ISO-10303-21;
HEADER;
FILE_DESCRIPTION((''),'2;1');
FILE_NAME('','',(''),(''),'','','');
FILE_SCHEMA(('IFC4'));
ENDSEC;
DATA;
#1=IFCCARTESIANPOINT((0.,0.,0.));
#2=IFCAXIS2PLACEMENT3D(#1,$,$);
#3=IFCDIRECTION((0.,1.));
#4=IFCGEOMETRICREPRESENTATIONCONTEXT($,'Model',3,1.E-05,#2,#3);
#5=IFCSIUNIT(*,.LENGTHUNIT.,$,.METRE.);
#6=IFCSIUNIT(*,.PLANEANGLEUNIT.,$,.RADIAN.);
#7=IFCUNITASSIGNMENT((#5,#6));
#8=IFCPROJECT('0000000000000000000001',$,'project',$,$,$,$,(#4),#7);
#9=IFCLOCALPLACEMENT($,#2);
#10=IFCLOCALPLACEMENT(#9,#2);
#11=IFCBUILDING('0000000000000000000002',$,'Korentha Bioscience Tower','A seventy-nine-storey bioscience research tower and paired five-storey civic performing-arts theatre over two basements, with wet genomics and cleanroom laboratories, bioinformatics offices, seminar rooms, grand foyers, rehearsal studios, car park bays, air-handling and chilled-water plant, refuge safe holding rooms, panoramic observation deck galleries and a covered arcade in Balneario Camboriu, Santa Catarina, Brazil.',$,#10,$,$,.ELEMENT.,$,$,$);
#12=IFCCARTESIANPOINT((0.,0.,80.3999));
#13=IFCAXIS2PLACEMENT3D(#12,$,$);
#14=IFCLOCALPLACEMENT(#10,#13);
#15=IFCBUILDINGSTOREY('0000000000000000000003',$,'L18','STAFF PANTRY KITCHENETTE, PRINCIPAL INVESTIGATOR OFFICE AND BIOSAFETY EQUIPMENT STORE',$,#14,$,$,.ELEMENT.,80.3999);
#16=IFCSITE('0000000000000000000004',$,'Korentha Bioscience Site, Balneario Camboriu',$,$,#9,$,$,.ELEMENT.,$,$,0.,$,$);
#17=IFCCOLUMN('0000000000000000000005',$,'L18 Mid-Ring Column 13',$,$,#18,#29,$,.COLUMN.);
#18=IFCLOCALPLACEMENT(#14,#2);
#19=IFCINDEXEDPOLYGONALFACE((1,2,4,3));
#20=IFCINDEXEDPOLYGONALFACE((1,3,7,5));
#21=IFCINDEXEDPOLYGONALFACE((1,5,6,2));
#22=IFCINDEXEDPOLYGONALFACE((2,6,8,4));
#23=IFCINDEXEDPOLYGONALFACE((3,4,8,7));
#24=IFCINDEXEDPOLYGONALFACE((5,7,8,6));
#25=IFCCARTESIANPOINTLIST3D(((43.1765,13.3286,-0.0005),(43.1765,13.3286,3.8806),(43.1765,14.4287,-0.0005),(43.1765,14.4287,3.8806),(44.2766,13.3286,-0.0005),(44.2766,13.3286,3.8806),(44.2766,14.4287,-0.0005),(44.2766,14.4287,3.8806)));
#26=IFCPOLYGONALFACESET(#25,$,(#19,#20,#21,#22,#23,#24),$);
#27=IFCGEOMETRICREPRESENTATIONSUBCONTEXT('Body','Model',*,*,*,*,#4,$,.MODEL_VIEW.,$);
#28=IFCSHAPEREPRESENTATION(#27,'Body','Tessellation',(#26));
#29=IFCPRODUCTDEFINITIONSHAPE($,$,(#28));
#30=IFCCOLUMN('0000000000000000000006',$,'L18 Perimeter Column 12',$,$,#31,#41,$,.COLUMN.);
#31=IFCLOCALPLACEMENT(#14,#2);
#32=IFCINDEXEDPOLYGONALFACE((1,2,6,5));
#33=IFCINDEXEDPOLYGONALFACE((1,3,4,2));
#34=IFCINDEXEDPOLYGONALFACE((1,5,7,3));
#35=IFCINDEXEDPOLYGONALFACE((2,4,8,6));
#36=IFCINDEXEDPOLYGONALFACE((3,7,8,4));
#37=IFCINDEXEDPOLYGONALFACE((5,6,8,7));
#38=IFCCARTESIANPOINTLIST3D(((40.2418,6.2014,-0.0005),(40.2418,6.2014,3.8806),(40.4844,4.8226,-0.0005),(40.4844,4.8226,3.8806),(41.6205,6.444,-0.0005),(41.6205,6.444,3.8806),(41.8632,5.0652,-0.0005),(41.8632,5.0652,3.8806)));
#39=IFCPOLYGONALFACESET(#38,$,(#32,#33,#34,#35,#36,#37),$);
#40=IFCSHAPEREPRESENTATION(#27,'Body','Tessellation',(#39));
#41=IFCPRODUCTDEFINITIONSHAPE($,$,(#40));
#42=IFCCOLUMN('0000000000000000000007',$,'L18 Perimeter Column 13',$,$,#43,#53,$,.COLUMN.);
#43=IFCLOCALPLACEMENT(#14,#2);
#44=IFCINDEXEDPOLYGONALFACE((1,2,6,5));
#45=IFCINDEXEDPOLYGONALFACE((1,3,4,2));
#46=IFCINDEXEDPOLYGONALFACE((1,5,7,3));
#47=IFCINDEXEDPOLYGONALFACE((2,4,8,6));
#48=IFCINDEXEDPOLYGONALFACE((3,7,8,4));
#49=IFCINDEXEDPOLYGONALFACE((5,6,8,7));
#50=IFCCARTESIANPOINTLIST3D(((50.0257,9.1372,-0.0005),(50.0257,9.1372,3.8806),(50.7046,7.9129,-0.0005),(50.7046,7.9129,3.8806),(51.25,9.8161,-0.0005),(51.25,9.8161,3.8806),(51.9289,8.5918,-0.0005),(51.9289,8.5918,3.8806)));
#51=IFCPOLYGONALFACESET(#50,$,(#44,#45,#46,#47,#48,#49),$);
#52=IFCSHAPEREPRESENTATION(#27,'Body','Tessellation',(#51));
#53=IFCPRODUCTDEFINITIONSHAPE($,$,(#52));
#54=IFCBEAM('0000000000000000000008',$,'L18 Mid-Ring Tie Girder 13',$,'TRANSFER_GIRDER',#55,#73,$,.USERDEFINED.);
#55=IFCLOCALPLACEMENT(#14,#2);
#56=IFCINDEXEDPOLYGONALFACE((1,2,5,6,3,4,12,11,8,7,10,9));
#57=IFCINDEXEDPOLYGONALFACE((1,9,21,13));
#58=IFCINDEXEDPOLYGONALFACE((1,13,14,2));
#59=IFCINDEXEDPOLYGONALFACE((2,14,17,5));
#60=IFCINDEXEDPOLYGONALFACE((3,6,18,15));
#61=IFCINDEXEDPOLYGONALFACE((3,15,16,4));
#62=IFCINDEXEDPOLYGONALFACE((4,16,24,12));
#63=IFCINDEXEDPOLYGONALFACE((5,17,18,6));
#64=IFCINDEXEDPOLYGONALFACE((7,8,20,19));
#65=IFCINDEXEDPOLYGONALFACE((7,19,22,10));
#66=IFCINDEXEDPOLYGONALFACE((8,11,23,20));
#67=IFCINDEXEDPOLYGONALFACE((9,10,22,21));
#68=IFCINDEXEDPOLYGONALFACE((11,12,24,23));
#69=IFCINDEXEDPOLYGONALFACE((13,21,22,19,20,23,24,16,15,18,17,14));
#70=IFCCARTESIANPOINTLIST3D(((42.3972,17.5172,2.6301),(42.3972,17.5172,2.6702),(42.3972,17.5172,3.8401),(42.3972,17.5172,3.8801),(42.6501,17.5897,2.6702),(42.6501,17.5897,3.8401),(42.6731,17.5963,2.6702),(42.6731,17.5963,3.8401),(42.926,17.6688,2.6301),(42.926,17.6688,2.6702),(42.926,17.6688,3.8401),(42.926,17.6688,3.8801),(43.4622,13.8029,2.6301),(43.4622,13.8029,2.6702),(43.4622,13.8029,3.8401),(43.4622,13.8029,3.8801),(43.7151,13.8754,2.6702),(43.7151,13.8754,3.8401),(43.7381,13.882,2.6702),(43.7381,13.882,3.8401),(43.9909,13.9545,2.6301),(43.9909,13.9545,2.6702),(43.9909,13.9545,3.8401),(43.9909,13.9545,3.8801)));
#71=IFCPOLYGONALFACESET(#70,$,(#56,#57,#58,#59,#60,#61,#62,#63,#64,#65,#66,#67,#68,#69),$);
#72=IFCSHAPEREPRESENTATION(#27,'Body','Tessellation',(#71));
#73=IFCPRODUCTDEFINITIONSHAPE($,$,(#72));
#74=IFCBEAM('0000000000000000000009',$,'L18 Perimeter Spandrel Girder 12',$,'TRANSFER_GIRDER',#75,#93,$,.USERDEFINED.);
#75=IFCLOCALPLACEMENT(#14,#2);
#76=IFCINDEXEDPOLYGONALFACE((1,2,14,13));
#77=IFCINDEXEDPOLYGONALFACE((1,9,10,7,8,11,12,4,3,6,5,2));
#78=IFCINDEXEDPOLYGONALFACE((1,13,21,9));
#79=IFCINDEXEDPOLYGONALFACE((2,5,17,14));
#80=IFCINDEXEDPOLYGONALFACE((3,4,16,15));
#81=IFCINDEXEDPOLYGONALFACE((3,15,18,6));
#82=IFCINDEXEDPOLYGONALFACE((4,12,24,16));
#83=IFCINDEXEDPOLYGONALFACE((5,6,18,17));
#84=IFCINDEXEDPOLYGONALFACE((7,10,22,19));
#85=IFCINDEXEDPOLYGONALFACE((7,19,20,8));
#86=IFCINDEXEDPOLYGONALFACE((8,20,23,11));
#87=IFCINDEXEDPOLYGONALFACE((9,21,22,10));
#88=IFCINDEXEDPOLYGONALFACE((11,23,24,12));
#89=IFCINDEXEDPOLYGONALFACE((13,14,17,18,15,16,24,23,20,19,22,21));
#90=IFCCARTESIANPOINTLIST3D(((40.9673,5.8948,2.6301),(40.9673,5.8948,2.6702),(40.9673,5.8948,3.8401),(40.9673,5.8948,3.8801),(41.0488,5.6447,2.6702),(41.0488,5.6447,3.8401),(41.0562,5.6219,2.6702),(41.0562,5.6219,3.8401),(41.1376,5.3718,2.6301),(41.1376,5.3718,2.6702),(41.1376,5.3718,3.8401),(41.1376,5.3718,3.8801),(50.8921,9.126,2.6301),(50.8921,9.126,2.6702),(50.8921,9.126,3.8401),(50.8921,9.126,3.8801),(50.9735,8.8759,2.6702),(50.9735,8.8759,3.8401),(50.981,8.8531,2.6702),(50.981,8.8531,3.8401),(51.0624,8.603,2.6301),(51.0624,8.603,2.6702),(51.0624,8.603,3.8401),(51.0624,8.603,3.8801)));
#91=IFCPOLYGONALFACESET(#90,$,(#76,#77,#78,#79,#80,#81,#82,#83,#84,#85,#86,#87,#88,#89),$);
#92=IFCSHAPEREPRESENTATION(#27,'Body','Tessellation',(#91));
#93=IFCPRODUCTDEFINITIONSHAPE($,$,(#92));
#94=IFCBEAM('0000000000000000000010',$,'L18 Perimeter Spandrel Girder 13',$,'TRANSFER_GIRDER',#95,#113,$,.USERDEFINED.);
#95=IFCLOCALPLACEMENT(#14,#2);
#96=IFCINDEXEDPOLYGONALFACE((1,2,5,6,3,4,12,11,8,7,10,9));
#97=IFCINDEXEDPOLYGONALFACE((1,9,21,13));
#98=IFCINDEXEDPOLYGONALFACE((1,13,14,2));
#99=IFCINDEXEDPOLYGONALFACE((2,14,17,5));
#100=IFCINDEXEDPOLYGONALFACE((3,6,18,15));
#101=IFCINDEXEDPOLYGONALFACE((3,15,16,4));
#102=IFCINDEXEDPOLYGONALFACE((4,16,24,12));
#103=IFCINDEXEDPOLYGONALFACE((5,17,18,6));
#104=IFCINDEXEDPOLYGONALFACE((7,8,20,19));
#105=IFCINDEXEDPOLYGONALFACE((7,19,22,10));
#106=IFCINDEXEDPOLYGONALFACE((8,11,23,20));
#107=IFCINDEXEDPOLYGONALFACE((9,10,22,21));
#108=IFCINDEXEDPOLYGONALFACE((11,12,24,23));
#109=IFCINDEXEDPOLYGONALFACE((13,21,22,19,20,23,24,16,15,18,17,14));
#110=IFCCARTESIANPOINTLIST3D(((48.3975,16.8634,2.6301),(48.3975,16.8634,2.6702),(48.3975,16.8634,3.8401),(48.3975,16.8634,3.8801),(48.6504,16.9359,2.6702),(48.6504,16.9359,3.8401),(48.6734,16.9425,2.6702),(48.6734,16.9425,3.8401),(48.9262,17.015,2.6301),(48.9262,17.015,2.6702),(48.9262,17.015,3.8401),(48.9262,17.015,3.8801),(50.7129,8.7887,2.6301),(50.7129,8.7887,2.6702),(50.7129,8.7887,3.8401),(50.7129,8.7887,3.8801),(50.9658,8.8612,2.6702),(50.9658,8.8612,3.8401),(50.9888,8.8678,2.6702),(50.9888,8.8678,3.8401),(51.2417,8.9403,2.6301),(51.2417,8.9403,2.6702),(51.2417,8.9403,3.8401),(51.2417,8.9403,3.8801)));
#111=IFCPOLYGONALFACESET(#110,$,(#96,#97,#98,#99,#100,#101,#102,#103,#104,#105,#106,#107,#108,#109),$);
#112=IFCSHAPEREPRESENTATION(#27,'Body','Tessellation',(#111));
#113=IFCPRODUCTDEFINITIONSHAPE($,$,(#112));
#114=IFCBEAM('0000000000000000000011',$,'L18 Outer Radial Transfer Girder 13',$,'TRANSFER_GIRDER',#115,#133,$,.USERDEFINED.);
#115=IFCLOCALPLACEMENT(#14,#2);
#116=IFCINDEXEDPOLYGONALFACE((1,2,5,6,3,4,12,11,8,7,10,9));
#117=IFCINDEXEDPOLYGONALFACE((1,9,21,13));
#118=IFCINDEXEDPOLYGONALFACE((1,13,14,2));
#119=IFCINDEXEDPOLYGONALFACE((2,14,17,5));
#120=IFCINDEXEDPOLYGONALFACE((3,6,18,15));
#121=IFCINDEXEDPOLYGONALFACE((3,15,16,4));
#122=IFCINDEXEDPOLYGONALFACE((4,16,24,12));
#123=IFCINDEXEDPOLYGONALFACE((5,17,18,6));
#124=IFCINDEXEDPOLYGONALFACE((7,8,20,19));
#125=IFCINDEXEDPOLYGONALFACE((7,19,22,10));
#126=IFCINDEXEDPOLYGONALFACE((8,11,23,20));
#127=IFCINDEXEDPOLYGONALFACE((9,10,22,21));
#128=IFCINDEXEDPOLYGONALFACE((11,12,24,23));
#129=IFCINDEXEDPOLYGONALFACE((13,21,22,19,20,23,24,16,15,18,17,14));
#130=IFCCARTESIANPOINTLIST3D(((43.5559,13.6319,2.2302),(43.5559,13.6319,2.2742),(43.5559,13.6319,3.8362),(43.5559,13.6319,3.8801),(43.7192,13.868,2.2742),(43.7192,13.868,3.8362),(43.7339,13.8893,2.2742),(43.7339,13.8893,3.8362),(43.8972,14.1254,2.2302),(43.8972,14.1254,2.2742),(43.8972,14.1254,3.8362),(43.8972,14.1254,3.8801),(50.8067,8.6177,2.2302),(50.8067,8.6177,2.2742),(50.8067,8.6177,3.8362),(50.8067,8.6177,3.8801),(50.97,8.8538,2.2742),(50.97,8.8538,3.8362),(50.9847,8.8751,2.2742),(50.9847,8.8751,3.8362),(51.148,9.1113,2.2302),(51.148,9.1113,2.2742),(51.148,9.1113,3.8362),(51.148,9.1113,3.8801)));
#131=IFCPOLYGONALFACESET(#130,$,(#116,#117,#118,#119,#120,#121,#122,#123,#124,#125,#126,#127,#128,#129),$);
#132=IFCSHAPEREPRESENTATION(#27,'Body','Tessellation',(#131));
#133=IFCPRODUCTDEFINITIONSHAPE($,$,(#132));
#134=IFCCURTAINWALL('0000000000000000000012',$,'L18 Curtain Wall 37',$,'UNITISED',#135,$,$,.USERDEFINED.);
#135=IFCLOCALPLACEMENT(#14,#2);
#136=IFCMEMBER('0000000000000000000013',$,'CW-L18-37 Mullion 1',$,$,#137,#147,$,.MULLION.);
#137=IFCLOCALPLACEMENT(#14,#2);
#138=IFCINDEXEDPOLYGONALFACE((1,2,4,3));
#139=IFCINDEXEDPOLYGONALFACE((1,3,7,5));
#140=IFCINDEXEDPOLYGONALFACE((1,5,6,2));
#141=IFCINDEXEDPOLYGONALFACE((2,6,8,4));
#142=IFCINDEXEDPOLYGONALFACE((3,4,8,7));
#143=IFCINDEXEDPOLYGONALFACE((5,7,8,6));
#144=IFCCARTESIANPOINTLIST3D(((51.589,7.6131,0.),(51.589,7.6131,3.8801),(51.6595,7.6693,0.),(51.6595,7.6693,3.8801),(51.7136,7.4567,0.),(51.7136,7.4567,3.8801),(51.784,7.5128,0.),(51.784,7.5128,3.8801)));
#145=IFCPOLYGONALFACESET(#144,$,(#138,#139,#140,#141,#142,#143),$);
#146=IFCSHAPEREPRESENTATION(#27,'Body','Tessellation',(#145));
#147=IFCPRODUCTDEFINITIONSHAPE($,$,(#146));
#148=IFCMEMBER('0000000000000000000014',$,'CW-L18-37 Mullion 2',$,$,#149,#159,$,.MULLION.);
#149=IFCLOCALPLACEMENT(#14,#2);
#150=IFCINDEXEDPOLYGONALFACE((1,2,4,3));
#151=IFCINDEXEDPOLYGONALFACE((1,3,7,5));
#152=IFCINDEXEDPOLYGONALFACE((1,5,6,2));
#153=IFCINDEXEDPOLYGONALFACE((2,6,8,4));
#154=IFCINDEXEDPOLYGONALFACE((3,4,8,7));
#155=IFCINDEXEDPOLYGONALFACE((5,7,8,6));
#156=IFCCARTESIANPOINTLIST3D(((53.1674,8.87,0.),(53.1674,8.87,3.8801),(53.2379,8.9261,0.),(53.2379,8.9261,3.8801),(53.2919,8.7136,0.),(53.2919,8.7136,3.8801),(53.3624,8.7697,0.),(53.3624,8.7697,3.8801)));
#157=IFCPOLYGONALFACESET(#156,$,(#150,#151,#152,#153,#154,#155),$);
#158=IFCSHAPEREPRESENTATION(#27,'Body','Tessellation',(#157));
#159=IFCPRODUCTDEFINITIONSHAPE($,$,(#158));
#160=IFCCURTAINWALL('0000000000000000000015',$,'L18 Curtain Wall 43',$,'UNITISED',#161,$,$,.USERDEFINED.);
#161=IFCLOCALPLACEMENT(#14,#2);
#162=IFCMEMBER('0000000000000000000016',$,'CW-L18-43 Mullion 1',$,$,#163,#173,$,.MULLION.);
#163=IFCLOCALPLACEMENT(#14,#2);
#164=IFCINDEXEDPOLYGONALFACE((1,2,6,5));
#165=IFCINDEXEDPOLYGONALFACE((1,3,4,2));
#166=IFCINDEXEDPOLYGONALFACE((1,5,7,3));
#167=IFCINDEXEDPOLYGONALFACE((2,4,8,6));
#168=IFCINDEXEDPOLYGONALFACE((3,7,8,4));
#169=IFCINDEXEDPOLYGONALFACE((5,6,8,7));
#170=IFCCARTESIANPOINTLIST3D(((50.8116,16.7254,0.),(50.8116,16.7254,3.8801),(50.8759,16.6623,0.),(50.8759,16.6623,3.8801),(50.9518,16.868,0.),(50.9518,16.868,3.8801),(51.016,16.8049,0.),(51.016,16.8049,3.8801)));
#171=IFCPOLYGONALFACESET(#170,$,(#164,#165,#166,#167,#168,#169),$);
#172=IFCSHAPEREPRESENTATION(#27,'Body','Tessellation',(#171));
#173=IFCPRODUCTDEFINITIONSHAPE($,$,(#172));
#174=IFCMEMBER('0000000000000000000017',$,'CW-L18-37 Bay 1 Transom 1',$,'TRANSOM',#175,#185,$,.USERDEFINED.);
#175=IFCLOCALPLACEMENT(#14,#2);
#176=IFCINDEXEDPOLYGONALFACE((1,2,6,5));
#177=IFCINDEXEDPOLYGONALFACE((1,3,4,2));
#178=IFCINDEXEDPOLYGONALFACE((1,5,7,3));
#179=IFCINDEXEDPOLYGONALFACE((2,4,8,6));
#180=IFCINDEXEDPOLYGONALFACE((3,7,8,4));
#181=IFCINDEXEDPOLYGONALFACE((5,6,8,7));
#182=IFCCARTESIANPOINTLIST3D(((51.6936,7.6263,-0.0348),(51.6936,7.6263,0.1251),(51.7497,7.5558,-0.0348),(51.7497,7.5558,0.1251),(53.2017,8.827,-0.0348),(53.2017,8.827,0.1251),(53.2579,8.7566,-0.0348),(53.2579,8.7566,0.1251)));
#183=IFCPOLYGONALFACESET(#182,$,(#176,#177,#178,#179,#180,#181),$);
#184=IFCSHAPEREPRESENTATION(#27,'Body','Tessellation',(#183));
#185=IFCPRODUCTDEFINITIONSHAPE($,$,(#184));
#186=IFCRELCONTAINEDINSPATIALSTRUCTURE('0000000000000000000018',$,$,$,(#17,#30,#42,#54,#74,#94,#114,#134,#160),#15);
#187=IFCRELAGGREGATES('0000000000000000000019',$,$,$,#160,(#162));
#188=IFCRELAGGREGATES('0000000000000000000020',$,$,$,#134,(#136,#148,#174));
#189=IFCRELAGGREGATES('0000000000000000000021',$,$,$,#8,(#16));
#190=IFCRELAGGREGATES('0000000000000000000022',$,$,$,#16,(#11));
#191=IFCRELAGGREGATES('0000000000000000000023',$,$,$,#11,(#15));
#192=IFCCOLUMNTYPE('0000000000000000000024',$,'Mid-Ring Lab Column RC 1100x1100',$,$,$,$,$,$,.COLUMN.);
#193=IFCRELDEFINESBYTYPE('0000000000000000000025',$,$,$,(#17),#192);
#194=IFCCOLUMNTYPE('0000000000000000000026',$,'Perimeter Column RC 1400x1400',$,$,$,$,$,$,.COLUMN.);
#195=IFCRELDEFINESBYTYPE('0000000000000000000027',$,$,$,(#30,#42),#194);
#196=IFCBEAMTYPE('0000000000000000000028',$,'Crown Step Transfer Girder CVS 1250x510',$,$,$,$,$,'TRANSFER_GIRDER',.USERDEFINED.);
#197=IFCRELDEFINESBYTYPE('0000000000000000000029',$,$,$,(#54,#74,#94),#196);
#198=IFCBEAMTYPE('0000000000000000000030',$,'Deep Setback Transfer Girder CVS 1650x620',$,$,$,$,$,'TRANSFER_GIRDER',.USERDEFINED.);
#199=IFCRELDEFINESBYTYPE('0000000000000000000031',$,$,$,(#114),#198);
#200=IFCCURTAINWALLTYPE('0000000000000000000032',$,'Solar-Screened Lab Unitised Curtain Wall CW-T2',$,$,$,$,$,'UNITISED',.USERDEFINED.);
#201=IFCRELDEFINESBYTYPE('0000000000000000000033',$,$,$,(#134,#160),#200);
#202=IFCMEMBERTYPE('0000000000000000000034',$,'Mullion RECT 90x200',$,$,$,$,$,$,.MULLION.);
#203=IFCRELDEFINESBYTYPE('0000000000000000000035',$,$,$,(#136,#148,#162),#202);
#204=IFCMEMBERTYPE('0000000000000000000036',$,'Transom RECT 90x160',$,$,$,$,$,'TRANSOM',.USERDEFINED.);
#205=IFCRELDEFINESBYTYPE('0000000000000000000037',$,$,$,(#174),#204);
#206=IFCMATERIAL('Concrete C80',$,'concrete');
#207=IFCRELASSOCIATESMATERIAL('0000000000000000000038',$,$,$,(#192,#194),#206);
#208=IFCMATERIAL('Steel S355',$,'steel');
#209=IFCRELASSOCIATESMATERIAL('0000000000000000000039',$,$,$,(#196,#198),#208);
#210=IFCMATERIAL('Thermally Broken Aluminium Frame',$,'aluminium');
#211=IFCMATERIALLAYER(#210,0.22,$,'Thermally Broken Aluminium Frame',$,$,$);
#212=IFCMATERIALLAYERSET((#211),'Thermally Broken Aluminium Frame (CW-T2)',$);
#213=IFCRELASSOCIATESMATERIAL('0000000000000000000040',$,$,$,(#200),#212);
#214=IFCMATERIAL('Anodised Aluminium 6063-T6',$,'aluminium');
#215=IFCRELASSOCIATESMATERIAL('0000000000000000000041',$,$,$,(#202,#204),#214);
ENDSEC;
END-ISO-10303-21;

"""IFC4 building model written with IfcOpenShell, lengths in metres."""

from ifc_helpers import new_model, si_unit, direction, frame, origin, origin_2d, place, context, subcontext, project, spatial, rectangle, i_section, extrude, material, layer, layer_set, material_profile, profile_set, type_object, element, aggregate, save


model = new_model("IFC4")

# Units and contexts
model_context = context("Model", 3, precision=1e-05, world=origin(), true_north=direction((0.0, 1.0)))
body_context = subcontext(model_context, "Body", "Model", "MODEL_VIEW")
ifc_project = project(units=[si_unit("LENGTHUNIT", "METRE"), si_unit("PLANEANGLEUNIT", "RADIAN")], contexts=[model_context])

# Site, building, storey
site_placement = place(None, origin())
site = spatial("IfcSite", under=ifc_project, at=site_placement, Name="Korentha Bioscience Site, Balneario Camboriu", CompositionType="ELEMENT", RefElevation=0.0)
building_placement = place(site_placement, origin())
building = spatial("IfcBuilding", under=site, at=building_placement, Name="Korentha Bioscience Tower", Description="A seventy-nine-storey bioscience research tower and paired five-storey civic performing-arts theatre over two basements, with wet genomics and cleanroom laboratories, bioinformatics offices, seminar rooms, grand foyers, rehearsal studios, car park bays, air-handling and chilled-water plant, refuge safe holding rooms, panoramic observation deck galleries and a covered arcade in Balneario Camboriu, Santa Catarina, Brazil.", CompositionType="ELEMENT")
storey_placement = place(building_placement, frame((0.0, 0.0, 80.3999)))
storey = spatial("IfcBuildingStorey", under=building, at=storey_placement, Name="L18", Description="STAFF PANTRY KITCHENETTE, PRINCIPAL INVESTIGATOR OFFICE AND BIOSAFETY EQUIPMENT STORE", CompositionType="ELEMENT", Elevation=80.3999)

# Columns
ifc_material_1 = material(Name="Concrete C80", Category="concrete")
ifc_material_profile_1 = material_profile(ifc_material_1, rectangle(XDim=1.1001, YDim=1.1001, at=origin_2d()), Name="Concrete C80")
ifc_profile_set_1 = profile_set([ifc_material_profile_1], Name="Concrete C80 (COL-MR11)")
column_type_1 = type_object("IfcColumnType", Name="Mid-Ring Lab Column RC 1100x1100", PredefinedType="COLUMN", material=ifc_profile_set_1)
column_placement = place(storey_placement, frame((43.7266, 13.8787, -0.0005), z_axis=(0.0, 0.0, 1.0), x_axis=(1.0, 0.0, 0.0)))
element("IfcColumn", 1, at=column_placement, inside=storey, type_object=column_type_1, Name="L18 Mid-Ring Column 13", PredefinedType="COLUMN", context=body_context, shape_type="SweptSolid", body=[
    extrude(rectangle(XDim=1.1001, YDim=1.1001, at=origin_2d()), origin(), (0.0, 0.0, 1.0), 3.8811),
])
ifc_material_profile_2 = material_profile(ifc_material_1, rectangle(XDim=1.3999, YDim=1.3999, at=origin_2d()), Name="Concrete C80")
ifc_profile_set_2 = profile_set([ifc_material_profile_2], Name="Concrete C80 (COL-P14)")
column_type_2 = type_object("IfcColumnType", Name="Perimeter Column RC 1400x1400", PredefinedType="COLUMN", material=ifc_profile_set_2)
for number, where, z_axis, x_axis, name in (
    (2, (41.0525, 5.6333, -0.0005), (0.0, 0.0, 1.0), (0.984868, 0.173304, 0.0), "L18 Perimeter Column 12"),
    (3, (50.9773, 8.8645, -0.0005), (0.0, 0.0, 1.0), (0.874535, 0.484962, 0.0), "L18 Perimeter Column 13"),
):
    element("IfcColumn", number, at=place(storey_placement, frame(where, z_axis=z_axis, x_axis=x_axis)), inside=storey, type_object=column_type_2, Name=name, PredefinedType="COLUMN", context=body_context, shape_type="SweptSolid", body=[
        extrude(rectangle(XDim=1.3999, YDim=1.3999, at=origin_2d()), origin(), (0.0, 0.0, 1.0), 3.8811),
    ])

# Beams
ifc_material_2 = material(Name="Steel S355", Category="steel")
ifc_material_profile_3 = material_profile(ifc_material_2, i_section(OverallWidth=0.55, OverallDepth=1.25, WebThickness=0.0239, FlangeThickness=0.04, at=origin_2d()), Name="Steel S355")
ifc_profile_set_3 = profile_set([ifc_material_profile_3], Name="Steel S355 (TG-03)")
beam_type_1 = type_object("IfcBeamType", Name="Crown Step Transfer Girder CVS 1250x510", ElementType="TRANSFER_GIRDER", PredefinedType="USERDEFINED", material=ifc_profile_set_3)
beam_1_placement = place(storey_placement, frame((43.7266, 13.8787, 3.2551), z_axis=(-0.275606, 0.961271, 0.0), x_axis=(-0.961271, -0.275606, 0.0)))
element("IfcBeam", 4, at=beam_1_placement, inside=storey, type_object=beam_type_1, Name="L18 Mid-Ring Tie Girder 13", ObjectType="TRANSFER_GIRDER", PredefinedType="USERDEFINED", context=body_context, shape_type="SweptSolid", body=[
    extrude(i_section(OverallWidth=0.55, OverallDepth=1.25, WebThickness=0.0239, FlangeThickness=0.04, at=origin_2d()), origin(), (0.0, 0.0, 1.0), 3.864),
])
beam_2_placement = place(storey_placement, frame((41.0525, 5.6333, 3.2551), z_axis=(0.950875, 0.309575, 0.0), x_axis=(-0.309575, 0.950875, 0.0)))
element("IfcBeam", 5, at=beam_2_placement, inside=storey, type_object=beam_type_1, Name="L18 Perimeter Spandrel Girder 12", ObjectType="TRANSFER_GIRDER", PredefinedType="USERDEFINED", context=body_context, shape_type="SweptSolid", body=[
    extrude(i_section(OverallWidth=0.55, OverallDepth=1.25, WebThickness=0.0239, FlangeThickness=0.04, at=origin_2d()), origin(), (0.0, 0.0, 1.0), 10.4375),
])
beam_3_placement = place(storey_placement, frame((50.9773, 8.8645, 3.2551), z_axis=(-0.275642, 0.96126, 0.0), x_axis=(-0.96126, -0.275642, 0.0)))
element("IfcBeam", 6, at=beam_3_placement, inside=storey, type_object=beam_type_1, Name="L18 Perimeter Spandrel Girder 13", ObjectType="TRANSFER_GIRDER", PredefinedType="USERDEFINED", context=body_context, shape_type="SweptSolid", body=[
    extrude(i_section(OverallWidth=0.55, OverallDepth=1.25, WebThickness=0.0239, FlangeThickness=0.04, at=origin_2d()), origin(), (0.0, 0.0, 1.0), 8.4001),
])
ifc_material_profile_4 = material_profile(ifc_material_2, i_section(OverallWidth=0.6001, OverallDepth=1.6499, WebThickness=0.0259, FlangeThickness=0.0439, at=origin_2d()), Name="Steel S355")
ifc_profile_set_4 = profile_set([ifc_material_profile_4], Name="Steel S355 (TG-04)")
beam_type_2 = type_object("IfcBeamType", Name="Deep Setback Transfer Girder CVS 1650x620", ElementType="TRANSFER_GIRDER", PredefinedType="USERDEFINED", material=ifc_profile_set_4)
beam_4_placement = place(storey_placement, frame((43.7266, 13.8787, 3.0552), z_axis=(0.822488, -0.568782, 0.0), x_axis=(0.568782, 0.822488, 0.0)))
element("IfcBeam", 7, at=beam_4_placement, inside=storey, type_object=beam_type_2, Name="L18 Outer Radial Transfer Girder 13", ObjectType="TRANSFER_GIRDER", PredefinedType="USERDEFINED", context=body_context, shape_type="SweptSolid", body=[
    extrude(i_section(OverallWidth=0.6001, OverallDepth=1.6499, WebThickness=0.0259, FlangeThickness=0.0439, at=origin_2d()), origin(), (0.0, 0.0, 1.0), 8.8157),
])

# Curtain wall, members
ifc_material_3 = material(Name="Thermally Broken Aluminium Frame", Category="aluminium")
ifc_layer_1 = layer(ifc_material_3, 0.22, Name="Thermally Broken Aluminium Frame")
ifc_layer_set_1 = layer_set([ifc_layer_1], Name="Thermally Broken Aluminium Frame (CW-T2)")
curtain_wall_type = type_object("IfcCurtainWallType", Name="Solar-Screened Lab Unitised Curtain Wall CW-T2", ElementType="UNITISED", PredefinedType="USERDEFINED", material=ifc_layer_set_1)
curtain_wall_1_placement = place(storey_placement, origin())
curtain_wall_1 = element("IfcCurtainWall", 8, at=curtain_wall_1_placement, inside=storey, type_object=curtain_wall_type, Name="L18 Curtain Wall 37", ObjectType="UNITISED", PredefinedType="USERDEFINED")
ifc_material_4 = material(Name="Anodised Aluminium 6063-T6", Category="aluminium")
ifc_material_profile_5 = material_profile(ifc_material_4, rectangle(XDim=0.0901, YDim=0.2, at=origin_2d()), Name="Anodised Aluminium 6063-T6")
ifc_profile_set_5 = profile_set([ifc_material_profile_5], Name="Anodised Aluminium 6063-T6 (CW-MUL)")
member_type_1 = type_object("IfcMemberType", Name="Mullion RECT 90x200", PredefinedType="MULLION", material=ifc_profile_set_5)
member_1_placement = place(storey_placement, frame((51.6865, 7.563, 0.0), z_axis=(0.0, 0.0, 1.0), x_axis=(0.782288, 0.622917, 0.0)))
member_1 = element("IfcMember", 9, at=member_1_placement, type_object=member_type_1, Name="CW-L18-37 Mullion 1", PredefinedType="MULLION", context=body_context, shape_type="SweptSolid", body=[
    extrude(rectangle(XDim=0.0901, YDim=0.2, at=origin_2d()), origin(), (0.0, 0.0, 1.0), 3.8801),
])
member_2_placement = place(storey_placement, frame((53.2649, 8.8198, 0.0), z_axis=(0.0, 0.0, 1.0), x_axis=(0.782288, 0.622917, 0.0)))
member_2 = element("IfcMember", 10, at=member_2_placement, type_object=member_type_1, Name="CW-L18-37 Mullion 2", PredefinedType="MULLION", context=body_context, shape_type="SweptSolid", body=[
    extrude(rectangle(XDim=0.0901, YDim=0.2, at=origin_2d()), origin(), (0.0, 0.0, 1.0), 3.8801),
])

# Curtain wall, member
curtain_wall_2_placement = place(storey_placement, origin())
curtain_wall_2 = element("IfcCurtainWall", 11, at=curtain_wall_2_placement, inside=storey, type_object=curtain_wall_type, Name="L18 Curtain Wall 43", ObjectType="UNITISED", PredefinedType="USERDEFINED")
member_3_placement = place(storey_placement, frame((50.9138, 16.7651, 0.0), z_axis=(0.0, 0.0, 1.0), x_axis=(-0.713279, 0.70088, 0.0)))
member_3 = element("IfcMember", 12, at=member_3_placement, type_object=member_type_1, Name="CW-L18-43 Mullion 1", PredefinedType="MULLION", context=body_context, shape_type="SweptSolid", body=[
    extrude(rectangle(XDim=0.0901, YDim=0.2, at=origin_2d()), origin(), (0.0, 0.0, 1.0), 3.8801),
])
aggregate(curtain_wall_2, [member_3])

# Member
ifc_material_profile_6 = material_profile(ifc_material_4, rectangle(XDim=0.0901, YDim=0.1599, at=origin_2d()), Name="Anodised Aluminium 6063-T6")
ifc_profile_set_6 = profile_set([ifc_material_profile_6], Name="Anodised Aluminium 6063-T6 (CW-TRN)")
member_type_2 = type_object("IfcMemberType", Name="Transom RECT 90x160", ElementType="TRANSOM", PredefinedType="USERDEFINED", material=ifc_profile_set_6)
member_4_placement = place(storey_placement, frame((51.7217, 7.5911, 0.0452), z_axis=(0.782325, 0.622871, 0.0), x_axis=(-0.622871, 0.782325, 0.0)))
member_4 = element("IfcMember", 13, at=member_4_placement, type_object=member_type_2, Name="CW-L18-37 Bay 1 Transom 1", ObjectType="TRANSOM", PredefinedType="USERDEFINED", context=body_context, shape_type="SweptSolid", body=[
    extrude(rectangle(XDim=0.0901, YDim=0.1599, at=origin_2d()), origin(), (0.0, 0.0, 1.0), 1.9277),
])

aggregate(curtain_wall_1, [member_1, member_2, member_4])

save(model, "model.ifc")
